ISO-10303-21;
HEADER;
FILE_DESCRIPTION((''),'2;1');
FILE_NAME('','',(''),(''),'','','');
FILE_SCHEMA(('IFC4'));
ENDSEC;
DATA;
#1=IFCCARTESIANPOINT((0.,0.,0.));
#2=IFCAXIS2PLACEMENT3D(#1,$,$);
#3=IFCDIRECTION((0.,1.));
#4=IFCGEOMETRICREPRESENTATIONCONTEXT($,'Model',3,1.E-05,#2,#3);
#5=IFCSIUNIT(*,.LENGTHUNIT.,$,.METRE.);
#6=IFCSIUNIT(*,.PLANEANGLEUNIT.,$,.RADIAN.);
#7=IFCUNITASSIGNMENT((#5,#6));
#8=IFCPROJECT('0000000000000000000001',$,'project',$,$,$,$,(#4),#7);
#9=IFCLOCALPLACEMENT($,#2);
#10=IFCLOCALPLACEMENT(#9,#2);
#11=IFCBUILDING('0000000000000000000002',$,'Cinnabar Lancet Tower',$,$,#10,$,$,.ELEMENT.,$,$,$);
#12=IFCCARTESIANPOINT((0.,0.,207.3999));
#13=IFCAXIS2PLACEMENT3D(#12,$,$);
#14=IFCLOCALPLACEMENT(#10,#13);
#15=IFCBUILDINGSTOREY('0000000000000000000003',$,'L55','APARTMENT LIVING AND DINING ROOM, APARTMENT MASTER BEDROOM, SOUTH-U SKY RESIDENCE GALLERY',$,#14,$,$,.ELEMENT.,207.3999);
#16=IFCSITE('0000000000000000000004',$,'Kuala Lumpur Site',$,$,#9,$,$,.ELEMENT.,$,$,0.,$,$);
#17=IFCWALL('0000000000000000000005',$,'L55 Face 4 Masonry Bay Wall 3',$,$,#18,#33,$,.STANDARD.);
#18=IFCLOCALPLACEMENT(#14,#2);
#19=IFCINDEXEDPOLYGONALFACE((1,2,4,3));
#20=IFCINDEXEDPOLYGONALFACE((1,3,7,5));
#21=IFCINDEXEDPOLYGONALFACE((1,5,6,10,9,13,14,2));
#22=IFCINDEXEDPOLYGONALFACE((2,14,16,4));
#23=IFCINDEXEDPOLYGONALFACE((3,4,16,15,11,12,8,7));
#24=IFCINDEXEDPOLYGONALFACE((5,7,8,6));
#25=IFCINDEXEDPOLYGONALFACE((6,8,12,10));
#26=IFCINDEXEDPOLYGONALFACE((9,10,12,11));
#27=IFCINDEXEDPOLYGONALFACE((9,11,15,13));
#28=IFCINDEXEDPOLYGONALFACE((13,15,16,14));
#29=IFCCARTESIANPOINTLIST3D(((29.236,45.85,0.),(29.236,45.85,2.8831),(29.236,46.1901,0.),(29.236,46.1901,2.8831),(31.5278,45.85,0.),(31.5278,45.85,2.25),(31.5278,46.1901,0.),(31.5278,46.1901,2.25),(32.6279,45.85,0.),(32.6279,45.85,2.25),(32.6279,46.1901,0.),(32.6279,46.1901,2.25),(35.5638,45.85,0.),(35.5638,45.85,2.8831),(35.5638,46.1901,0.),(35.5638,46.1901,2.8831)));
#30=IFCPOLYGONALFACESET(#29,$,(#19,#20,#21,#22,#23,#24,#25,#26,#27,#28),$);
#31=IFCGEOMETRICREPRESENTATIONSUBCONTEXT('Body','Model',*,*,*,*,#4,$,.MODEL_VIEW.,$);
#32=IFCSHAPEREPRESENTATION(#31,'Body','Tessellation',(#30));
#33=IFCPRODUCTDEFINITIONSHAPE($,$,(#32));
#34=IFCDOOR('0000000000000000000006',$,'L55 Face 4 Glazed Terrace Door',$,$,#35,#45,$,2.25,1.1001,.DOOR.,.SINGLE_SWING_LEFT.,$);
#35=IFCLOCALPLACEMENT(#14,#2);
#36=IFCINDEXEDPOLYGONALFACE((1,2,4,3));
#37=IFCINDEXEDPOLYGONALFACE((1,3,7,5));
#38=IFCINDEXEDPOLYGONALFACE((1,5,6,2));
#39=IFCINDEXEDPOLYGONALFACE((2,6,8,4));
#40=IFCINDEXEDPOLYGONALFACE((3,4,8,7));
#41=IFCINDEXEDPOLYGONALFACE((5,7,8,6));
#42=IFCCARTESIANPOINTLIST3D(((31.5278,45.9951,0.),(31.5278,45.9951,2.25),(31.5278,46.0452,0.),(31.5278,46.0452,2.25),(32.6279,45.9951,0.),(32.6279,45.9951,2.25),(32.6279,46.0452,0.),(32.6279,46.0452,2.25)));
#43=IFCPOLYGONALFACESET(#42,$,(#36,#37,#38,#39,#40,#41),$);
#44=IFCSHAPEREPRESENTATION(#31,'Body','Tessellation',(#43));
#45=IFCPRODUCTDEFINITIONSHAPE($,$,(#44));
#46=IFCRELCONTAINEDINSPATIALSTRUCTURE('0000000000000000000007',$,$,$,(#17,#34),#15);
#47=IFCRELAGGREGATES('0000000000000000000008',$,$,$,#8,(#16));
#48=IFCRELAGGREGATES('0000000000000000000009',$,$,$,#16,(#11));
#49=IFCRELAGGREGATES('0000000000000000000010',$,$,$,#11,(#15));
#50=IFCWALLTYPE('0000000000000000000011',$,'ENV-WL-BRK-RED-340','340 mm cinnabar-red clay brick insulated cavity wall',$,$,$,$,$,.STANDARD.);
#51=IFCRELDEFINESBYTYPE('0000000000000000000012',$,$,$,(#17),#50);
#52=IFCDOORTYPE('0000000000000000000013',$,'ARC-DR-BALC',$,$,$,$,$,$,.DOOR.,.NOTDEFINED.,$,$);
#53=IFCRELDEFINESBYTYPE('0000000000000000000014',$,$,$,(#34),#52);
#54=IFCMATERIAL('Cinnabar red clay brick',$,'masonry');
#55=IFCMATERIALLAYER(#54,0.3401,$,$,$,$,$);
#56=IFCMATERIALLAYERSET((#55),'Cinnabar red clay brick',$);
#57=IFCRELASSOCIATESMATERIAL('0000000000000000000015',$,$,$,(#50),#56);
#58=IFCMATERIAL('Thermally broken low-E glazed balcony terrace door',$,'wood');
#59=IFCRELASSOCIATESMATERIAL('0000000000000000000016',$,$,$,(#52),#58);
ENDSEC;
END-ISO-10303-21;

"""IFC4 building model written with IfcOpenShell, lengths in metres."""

from ifc_helpers import new_model, si_unit, direction, frame, frame_2d, origin, place, context, subcontext, project, spatial, rectangle, extrude, material, layer, layer_set, type_object, element, fill, save


model = new_model("IFC4")

# Units and contexts
model_context = context("Model", 3, precision=1e-05, world=origin(), true_north=direction((0.0, 1.0)))
body_context = subcontext(model_context, "Body", "Model", "MODEL_VIEW")
ifc_project = project(units=[si_unit("LENGTHUNIT", "METRE"), si_unit("PLANEANGLEUNIT", "RADIAN")], contexts=[model_context])

# Site, building, storey
site_placement = place(None, origin())
site = spatial("IfcSite", under=ifc_project, at=site_placement, Name="Kuala Lumpur Site", CompositionType="ELEMENT", RefElevation=0.0)
building_placement = place(site_placement, origin())
building = spatial("IfcBuilding", under=site, at=building_placement, Name="Cinnabar Lancet Tower", CompositionType="ELEMENT")
storey_placement = place(building_placement, frame((0.0, 0.0, 207.3999)))
storey = spatial("IfcBuildingStorey", under=building, at=storey_placement, Name="L55", Description="APARTMENT LIVING AND DINING ROOM, APARTMENT MASTER BEDROOM, SOUTH-U SKY RESIDENCE GALLERY", CompositionType="ELEMENT", Elevation=207.3999)

# Shared definitions
ifc_material_1 = material(Name="Cinnabar red clay brick", Category="masonry")
ifc_layer_1 = layer(ifc_material_1, 0.3401)
ifc_layer_set_1 = layer_set([ifc_layer_1], Name="Cinnabar red clay brick")
wall_type_1 = type_object("IfcWallType", Name="ENV-WL-BRK-RED-340", Description="340 mm cinnabar-red clay brick insulated cavity wall", PredefinedType="STANDARD", material=ifc_layer_set_1)

# Wall, opening, door
wall_1_placement = place(storey_placement, frame((35.564, 46.02, 0.0), z_axis=(0.0, 0.0, 1.0), x_axis=(-1.0, 0.0, 0.0)))
wall_1 = element("IfcWall", 1, at=wall_1_placement, inside=storey, type_object=wall_type_1, Name="L55 Face 4 Masonry Bay Wall 3", PredefinedType="STANDARD", context=body_context, shape_type="SweptSolid", body=[
    extrude(rectangle(XDim=6.3279, YDim=0.3401, at=frame_2d((3.1641, 0.0))), origin(), (0.0, 0.0, 1.0), 2.8831),
])
opening_1_placement = place(wall_1_placement, frame((2.936, 0.0, 0.0)))
opening_1 = element("IfcOpeningElement", 2, at=opening_1_placement, cuts=wall_1, PredefinedType="OPENING", context=body_context, shape_type="SweptSolid", body=[
    extrude(rectangle(XDim=1.1001, YDim=2.25, at=frame_2d((0.55, 1.125))), frame((0.0, 0.1799, 0.0), z_axis=(0.0, -1.0, 0.0), x_axis=(1.0, 0.0, 0.0)), (0.0, 0.0, 1.0), 0.3601),
])
ifc_material_2 = material(Name="Thermally broken low-E glazed balcony terrace door", Category="wood")
door_type_1 = type_object("IfcDoorType", Name="ARC-DR-BALC", OperationType="NOTDEFINED", PredefinedType="DOOR", material=ifc_material_2)
door_1_placement = place(opening_1_placement, origin())
door_1 = element("IfcDoor", 3, at=door_1_placement, inside=storey, type_object=door_type_1, Name="L55 Face 4 Glazed Terrace Door", OperationType="SINGLE_SWING_LEFT", OverallHeight=2.25, OverallWidth=1.1001, PredefinedType="DOOR", context=body_context, shape_type="SweptSolid", body=[
    extrude(rectangle(XDim=1.1001, YDim=2.25, at=frame_2d((0.55, 1.125))), frame((0.0, 0.0249, 0.0), z_axis=(0.0, -1.0, 0.0), x_axis=(1.0, 0.0, 0.0)), (0.0, 0.0, 1.0), 0.05),
])
fill(opening_1, door_1)

save(model, "model.ifc")
